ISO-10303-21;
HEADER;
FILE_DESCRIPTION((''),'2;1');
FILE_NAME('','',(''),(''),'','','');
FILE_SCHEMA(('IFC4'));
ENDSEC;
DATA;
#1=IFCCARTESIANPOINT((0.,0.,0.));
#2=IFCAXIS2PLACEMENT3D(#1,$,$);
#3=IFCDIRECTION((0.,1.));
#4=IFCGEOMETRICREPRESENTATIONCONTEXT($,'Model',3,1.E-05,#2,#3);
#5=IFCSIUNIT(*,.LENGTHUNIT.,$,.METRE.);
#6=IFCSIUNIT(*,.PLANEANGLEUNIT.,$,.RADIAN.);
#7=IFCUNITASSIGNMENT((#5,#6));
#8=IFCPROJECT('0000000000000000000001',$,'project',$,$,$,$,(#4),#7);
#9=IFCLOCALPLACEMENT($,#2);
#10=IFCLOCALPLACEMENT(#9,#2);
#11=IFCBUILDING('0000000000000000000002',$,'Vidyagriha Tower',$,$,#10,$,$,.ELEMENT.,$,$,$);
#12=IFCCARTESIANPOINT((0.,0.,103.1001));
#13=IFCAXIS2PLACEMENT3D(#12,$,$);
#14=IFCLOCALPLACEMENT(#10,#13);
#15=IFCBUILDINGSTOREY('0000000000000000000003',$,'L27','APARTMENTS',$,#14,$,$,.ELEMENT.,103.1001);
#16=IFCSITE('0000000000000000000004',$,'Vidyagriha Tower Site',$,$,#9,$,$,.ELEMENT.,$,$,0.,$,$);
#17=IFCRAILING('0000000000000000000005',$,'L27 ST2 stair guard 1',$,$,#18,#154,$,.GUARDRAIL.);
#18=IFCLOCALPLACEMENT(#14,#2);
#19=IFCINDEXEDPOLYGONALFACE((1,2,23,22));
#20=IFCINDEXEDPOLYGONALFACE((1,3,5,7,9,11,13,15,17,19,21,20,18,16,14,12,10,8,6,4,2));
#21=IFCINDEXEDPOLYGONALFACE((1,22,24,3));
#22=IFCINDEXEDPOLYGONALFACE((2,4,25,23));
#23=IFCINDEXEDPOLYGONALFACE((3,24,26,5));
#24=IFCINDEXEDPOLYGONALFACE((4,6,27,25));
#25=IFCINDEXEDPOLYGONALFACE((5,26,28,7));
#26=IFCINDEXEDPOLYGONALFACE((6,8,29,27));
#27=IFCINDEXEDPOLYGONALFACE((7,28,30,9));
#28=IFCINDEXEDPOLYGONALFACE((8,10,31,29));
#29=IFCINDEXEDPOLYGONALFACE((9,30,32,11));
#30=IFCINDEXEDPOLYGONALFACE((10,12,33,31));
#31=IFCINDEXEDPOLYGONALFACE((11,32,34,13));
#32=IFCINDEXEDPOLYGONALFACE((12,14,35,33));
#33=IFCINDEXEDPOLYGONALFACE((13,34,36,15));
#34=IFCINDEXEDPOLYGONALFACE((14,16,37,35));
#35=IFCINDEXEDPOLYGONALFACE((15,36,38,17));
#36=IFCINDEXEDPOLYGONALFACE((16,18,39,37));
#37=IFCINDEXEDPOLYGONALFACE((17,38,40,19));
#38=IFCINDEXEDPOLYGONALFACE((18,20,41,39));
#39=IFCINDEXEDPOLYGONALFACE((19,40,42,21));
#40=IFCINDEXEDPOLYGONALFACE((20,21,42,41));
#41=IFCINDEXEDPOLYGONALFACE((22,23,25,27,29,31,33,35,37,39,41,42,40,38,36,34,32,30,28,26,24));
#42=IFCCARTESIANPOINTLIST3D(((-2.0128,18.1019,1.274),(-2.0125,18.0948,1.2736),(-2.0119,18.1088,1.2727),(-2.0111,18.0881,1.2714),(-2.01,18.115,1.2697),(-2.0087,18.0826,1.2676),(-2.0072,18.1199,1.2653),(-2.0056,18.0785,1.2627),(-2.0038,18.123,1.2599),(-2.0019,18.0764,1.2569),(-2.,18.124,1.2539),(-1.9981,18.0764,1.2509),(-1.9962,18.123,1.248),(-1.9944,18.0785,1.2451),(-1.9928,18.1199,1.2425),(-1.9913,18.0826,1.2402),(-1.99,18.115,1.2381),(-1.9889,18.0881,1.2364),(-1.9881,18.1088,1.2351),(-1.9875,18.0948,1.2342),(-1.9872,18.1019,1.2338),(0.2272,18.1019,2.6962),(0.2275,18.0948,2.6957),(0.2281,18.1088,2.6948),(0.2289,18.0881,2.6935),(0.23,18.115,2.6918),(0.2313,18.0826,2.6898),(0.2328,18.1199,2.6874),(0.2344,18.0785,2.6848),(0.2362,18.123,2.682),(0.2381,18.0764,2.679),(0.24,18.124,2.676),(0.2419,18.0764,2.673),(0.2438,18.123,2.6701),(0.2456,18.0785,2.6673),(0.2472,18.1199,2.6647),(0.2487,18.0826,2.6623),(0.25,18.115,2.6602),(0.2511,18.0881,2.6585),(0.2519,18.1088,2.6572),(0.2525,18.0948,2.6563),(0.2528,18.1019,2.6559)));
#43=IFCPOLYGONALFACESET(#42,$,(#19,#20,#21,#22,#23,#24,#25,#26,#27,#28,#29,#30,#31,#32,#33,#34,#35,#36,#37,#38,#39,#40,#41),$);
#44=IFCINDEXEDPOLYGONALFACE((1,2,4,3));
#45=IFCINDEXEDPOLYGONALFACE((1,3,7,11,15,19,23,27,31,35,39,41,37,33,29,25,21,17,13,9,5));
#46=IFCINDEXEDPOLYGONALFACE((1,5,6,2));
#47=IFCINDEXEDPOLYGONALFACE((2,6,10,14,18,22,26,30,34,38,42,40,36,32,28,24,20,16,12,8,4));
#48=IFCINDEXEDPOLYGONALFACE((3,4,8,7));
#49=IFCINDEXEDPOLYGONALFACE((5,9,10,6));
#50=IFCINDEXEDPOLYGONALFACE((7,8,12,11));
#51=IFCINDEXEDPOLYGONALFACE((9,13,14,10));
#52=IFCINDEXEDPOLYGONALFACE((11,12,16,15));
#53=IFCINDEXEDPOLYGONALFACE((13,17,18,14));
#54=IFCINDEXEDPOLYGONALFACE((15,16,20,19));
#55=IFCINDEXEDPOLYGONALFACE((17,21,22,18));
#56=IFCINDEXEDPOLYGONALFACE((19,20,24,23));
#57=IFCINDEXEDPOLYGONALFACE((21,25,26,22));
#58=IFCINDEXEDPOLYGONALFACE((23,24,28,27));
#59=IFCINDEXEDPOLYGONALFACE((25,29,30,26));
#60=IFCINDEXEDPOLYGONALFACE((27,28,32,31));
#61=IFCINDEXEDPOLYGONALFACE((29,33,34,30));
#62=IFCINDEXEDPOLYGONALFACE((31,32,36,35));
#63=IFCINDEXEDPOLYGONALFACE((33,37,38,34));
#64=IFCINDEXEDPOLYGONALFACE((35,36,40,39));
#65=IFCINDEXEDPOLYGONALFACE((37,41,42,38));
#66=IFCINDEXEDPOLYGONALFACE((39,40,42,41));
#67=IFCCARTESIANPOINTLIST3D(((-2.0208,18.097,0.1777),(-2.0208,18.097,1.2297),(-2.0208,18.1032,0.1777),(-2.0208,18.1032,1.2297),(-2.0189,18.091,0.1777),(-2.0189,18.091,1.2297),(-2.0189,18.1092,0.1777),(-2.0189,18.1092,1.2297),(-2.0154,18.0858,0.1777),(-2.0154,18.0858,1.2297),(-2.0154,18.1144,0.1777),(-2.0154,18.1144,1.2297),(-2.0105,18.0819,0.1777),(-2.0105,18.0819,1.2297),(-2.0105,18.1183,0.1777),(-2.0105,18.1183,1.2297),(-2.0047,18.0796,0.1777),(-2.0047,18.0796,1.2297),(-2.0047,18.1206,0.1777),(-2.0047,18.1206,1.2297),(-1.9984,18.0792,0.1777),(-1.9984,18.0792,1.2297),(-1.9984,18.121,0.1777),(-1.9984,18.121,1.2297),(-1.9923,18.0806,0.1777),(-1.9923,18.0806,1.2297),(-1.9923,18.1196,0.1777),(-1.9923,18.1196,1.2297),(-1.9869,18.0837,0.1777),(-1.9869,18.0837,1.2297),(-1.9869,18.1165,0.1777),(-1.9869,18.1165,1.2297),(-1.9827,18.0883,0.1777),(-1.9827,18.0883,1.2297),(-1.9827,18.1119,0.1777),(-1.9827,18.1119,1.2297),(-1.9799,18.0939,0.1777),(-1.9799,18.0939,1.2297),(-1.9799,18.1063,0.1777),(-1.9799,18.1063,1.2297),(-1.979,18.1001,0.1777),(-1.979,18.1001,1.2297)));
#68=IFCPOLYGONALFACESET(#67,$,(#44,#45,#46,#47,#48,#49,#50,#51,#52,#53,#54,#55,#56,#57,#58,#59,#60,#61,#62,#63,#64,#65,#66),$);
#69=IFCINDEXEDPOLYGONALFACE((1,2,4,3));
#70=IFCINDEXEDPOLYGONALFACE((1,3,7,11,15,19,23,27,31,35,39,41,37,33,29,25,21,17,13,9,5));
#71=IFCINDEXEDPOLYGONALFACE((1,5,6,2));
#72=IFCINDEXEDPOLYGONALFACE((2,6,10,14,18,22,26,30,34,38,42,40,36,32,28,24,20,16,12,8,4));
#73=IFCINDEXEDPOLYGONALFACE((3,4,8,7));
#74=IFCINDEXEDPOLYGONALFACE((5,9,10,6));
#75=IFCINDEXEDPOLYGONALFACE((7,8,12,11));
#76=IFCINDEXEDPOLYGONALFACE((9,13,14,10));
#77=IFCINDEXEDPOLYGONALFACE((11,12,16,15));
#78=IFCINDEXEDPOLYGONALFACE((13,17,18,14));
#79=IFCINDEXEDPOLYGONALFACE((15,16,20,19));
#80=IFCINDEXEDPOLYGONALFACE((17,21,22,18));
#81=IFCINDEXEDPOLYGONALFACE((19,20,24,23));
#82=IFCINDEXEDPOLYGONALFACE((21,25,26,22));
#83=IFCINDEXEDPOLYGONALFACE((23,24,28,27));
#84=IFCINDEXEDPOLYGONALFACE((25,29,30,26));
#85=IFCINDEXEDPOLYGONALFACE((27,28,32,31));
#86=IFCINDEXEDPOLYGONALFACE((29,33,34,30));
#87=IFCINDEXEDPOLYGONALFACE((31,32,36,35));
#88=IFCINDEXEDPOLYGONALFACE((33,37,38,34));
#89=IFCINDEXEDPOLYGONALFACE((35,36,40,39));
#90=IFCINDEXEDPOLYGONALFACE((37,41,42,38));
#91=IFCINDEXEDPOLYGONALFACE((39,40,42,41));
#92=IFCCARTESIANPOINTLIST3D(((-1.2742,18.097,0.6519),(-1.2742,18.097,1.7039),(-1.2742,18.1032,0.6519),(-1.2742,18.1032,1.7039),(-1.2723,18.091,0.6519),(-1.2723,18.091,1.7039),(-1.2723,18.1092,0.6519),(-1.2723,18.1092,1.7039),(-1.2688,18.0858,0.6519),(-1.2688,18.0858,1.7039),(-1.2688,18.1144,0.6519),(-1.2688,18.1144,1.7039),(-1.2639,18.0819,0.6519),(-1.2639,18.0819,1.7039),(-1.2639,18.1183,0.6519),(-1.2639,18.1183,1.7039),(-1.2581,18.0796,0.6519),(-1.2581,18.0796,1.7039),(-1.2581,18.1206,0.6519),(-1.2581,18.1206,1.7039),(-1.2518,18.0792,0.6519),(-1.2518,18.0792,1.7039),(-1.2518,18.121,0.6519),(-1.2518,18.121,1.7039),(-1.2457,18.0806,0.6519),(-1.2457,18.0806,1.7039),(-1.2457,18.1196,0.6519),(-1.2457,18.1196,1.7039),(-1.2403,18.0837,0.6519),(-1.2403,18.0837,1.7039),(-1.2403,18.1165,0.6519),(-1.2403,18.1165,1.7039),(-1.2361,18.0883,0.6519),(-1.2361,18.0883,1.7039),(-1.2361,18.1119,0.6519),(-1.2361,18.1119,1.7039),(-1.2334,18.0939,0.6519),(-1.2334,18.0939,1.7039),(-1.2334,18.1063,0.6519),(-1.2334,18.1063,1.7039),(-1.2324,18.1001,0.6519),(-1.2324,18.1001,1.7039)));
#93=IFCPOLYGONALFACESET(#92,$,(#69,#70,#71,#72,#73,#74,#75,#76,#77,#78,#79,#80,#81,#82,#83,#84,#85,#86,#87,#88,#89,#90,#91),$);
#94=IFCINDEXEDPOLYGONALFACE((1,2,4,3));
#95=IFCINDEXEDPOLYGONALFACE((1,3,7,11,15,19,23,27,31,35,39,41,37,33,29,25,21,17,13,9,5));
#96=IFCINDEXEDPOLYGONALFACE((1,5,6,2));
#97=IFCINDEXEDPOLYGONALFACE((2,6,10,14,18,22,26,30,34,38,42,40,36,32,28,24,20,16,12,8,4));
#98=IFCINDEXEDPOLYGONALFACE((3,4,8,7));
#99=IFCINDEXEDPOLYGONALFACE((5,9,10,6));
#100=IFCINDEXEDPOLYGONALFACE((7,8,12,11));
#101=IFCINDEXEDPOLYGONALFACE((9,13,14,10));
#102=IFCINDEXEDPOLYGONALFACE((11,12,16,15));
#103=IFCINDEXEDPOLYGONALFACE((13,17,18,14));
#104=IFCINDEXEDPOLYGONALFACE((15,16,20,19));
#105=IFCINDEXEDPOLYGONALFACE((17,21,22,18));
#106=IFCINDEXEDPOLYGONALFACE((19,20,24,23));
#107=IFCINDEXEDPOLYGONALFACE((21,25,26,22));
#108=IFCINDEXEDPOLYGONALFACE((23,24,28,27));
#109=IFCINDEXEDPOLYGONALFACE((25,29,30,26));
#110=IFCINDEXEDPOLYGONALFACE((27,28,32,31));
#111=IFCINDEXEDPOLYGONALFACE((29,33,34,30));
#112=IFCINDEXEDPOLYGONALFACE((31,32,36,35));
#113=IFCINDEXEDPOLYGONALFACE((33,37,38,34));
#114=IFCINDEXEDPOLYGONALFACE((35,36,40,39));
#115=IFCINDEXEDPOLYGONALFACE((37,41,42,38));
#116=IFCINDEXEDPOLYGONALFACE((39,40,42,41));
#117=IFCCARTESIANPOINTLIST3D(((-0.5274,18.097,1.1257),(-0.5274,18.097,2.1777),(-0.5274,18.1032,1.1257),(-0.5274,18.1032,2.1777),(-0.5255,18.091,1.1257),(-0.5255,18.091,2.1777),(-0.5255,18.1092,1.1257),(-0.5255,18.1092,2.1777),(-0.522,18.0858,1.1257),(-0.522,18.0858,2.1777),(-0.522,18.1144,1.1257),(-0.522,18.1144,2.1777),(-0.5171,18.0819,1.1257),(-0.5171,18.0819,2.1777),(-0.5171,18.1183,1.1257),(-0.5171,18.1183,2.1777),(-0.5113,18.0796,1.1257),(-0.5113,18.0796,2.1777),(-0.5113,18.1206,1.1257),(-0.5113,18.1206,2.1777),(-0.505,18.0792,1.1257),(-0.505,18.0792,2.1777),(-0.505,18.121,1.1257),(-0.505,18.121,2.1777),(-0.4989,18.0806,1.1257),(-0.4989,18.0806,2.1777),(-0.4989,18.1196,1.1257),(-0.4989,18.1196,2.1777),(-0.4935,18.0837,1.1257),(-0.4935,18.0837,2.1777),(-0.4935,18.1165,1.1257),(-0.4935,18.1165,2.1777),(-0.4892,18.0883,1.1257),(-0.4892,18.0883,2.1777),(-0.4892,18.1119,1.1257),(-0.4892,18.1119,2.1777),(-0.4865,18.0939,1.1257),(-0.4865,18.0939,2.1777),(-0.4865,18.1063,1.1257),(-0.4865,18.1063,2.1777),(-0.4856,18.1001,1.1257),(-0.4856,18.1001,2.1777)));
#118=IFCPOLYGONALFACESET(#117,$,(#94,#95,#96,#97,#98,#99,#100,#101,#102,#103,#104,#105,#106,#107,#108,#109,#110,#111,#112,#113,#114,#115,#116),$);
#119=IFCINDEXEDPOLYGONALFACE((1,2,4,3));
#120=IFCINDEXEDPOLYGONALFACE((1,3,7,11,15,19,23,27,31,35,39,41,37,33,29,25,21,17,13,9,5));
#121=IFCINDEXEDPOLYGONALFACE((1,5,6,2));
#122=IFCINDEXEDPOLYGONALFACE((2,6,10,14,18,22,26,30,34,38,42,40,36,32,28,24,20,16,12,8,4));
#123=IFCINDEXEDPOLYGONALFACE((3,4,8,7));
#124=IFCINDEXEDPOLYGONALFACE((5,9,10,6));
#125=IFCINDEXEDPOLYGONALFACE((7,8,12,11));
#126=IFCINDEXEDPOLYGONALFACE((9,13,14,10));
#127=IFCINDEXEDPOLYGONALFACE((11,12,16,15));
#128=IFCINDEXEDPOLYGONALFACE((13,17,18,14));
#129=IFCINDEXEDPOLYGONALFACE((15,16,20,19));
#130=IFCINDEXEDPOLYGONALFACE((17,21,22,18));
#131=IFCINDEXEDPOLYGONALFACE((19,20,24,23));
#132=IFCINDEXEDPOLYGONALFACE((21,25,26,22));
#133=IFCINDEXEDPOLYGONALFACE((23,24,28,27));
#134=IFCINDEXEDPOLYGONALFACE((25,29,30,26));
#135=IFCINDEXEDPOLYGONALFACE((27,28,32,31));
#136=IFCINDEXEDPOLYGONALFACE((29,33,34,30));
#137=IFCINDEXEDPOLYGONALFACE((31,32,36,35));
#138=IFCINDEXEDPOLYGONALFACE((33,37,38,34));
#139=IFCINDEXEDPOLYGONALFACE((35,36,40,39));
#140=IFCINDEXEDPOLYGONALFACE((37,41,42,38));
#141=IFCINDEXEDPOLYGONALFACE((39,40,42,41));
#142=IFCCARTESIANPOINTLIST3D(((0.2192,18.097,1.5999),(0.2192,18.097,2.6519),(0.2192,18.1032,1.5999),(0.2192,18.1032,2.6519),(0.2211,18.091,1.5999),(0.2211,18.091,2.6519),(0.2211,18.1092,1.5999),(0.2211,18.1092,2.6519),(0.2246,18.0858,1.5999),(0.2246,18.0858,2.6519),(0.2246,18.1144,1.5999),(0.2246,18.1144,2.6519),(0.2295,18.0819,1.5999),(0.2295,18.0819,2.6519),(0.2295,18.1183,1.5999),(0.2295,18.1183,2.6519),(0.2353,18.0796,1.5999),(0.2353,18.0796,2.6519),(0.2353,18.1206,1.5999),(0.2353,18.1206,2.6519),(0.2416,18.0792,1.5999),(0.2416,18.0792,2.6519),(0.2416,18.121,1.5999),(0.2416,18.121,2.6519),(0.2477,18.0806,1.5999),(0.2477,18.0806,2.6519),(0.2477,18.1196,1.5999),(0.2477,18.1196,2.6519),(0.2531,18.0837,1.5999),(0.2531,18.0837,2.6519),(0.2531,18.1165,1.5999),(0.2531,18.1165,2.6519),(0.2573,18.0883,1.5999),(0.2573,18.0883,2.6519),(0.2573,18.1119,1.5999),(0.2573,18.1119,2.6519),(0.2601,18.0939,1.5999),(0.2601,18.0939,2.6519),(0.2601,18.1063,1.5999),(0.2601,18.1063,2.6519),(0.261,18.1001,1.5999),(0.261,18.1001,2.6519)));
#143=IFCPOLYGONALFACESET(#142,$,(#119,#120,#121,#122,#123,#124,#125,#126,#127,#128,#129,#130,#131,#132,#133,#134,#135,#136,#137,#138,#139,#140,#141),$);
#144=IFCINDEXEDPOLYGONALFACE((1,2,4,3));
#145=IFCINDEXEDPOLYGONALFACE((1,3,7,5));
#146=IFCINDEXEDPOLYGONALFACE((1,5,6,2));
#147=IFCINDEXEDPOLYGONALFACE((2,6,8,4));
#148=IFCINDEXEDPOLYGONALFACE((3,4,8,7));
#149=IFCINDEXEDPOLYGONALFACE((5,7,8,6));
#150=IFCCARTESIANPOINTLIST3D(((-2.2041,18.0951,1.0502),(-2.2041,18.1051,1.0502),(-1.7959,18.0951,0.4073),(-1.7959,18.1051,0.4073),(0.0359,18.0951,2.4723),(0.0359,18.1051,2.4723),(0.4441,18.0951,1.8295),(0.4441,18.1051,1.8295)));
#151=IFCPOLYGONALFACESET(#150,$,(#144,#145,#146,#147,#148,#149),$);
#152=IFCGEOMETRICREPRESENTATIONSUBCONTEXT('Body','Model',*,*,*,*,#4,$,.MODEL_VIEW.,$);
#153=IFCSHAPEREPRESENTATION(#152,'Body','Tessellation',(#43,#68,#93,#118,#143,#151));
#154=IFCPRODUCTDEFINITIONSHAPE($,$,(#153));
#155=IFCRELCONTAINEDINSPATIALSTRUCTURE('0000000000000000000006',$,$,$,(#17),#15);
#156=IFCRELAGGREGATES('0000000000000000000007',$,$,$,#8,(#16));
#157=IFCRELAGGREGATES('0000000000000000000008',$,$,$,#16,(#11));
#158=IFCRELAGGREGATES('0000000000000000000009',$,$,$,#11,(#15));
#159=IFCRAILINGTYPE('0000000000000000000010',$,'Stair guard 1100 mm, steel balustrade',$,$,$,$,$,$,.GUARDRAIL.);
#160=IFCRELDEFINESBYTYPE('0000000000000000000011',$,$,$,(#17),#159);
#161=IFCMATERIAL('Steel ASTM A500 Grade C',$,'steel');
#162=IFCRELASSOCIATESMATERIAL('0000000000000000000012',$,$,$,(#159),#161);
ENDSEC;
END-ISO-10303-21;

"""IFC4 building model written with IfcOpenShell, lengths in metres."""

from ifc_helpers import new_model, si_unit, direction, frame, origin, origin_2d, place, context, subcontext, project, spatial, rectangle, circle, extrude, material, type_object, element, save


model = new_model("IFC4")

# Units and contexts
model_context = context("Model", 3, precision=1e-05, world=origin(), true_north=direction((0.0, 1.0)))
body_context = subcontext(model_context, "Body", "Model", "MODEL_VIEW")
ifc_project = project(units=[si_unit("LENGTHUNIT", "METRE"), si_unit("PLANEANGLEUNIT", "RADIAN")], contexts=[model_context])

# Site, building, storey
site_placement = place(None, origin())
site = spatial("IfcSite", under=ifc_project, at=site_placement, Name="Vidyagriha Tower Site", CompositionType="ELEMENT", RefElevation=0.0)
building_placement = place(site_placement, origin())
building = spatial("IfcBuilding", under=site, at=building_placement, Name="Vidyagriha Tower", CompositionType="ELEMENT")
storey_placement = place(building_placement, frame((0.0, 0.0, 103.1001)))
storey = spatial("IfcBuildingStorey", under=building, at=storey_placement, Name="L27", Description="APARTMENTS", CompositionType="ELEMENT", Elevation=103.1001)

# Railing
ifc_material_1 = material(Name="Steel ASTM A500 Grade C", Category="steel")
railing_type_1 = type_object("IfcRailingType", Name="Stair guard 1100 mm, steel balustrade", PredefinedType="GUARDRAIL", material=ifc_material_1)
railing_1_placement = place(storey_placement, frame((-2.0, 18.1001, 0.1777)))
element("IfcRailing", 1, at=railing_1_placement, inside=storey, type_object=railing_type_1, Name="L27 ST2 stair guard 1", PredefinedType="GUARDRAIL", context=body_context, shape_type="SweptSolid", body=[
    extrude(circle(Radius=0.0239, at=origin_2d()), frame((0.0, 0.0, 1.0762), z_axis=(0.844229, 0.0, 0.535982), x_axis=(0.0, 1.0, 0.0)), (0.0, 0.0, 1.0), 2.6533),
    extrude(circle(Radius=0.021, at=origin_2d()), origin(), (0.0, 0.0, 1.0), 1.052),
    extrude(circle(Radius=0.021, at=origin_2d()), frame((0.7466, 0.0, 0.4741)), (0.0, 0.0, 1.0), 1.052),
    extrude(circle(Radius=0.021, at=origin_2d()), frame((1.4934, 0.0, 0.948)), (0.0, 0.0, 1.0), 1.052),
    extrude(circle(Radius=0.021, at=origin_2d()), frame((2.24, 0.0, 1.4221)), (0.0, 0.0, 1.0), 1.052),
    extrude(rectangle(XDim=0.01, YDim=0.7615, at=origin_2d()), frame((0.0, 0.0, 0.551), z_axis=(0.844229, 0.0, 0.535982), x_axis=(0.0, 1.0, 0.0)), (0.0, 0.0, 1.0), 2.6533),
])

save(model, "model.ifc")
